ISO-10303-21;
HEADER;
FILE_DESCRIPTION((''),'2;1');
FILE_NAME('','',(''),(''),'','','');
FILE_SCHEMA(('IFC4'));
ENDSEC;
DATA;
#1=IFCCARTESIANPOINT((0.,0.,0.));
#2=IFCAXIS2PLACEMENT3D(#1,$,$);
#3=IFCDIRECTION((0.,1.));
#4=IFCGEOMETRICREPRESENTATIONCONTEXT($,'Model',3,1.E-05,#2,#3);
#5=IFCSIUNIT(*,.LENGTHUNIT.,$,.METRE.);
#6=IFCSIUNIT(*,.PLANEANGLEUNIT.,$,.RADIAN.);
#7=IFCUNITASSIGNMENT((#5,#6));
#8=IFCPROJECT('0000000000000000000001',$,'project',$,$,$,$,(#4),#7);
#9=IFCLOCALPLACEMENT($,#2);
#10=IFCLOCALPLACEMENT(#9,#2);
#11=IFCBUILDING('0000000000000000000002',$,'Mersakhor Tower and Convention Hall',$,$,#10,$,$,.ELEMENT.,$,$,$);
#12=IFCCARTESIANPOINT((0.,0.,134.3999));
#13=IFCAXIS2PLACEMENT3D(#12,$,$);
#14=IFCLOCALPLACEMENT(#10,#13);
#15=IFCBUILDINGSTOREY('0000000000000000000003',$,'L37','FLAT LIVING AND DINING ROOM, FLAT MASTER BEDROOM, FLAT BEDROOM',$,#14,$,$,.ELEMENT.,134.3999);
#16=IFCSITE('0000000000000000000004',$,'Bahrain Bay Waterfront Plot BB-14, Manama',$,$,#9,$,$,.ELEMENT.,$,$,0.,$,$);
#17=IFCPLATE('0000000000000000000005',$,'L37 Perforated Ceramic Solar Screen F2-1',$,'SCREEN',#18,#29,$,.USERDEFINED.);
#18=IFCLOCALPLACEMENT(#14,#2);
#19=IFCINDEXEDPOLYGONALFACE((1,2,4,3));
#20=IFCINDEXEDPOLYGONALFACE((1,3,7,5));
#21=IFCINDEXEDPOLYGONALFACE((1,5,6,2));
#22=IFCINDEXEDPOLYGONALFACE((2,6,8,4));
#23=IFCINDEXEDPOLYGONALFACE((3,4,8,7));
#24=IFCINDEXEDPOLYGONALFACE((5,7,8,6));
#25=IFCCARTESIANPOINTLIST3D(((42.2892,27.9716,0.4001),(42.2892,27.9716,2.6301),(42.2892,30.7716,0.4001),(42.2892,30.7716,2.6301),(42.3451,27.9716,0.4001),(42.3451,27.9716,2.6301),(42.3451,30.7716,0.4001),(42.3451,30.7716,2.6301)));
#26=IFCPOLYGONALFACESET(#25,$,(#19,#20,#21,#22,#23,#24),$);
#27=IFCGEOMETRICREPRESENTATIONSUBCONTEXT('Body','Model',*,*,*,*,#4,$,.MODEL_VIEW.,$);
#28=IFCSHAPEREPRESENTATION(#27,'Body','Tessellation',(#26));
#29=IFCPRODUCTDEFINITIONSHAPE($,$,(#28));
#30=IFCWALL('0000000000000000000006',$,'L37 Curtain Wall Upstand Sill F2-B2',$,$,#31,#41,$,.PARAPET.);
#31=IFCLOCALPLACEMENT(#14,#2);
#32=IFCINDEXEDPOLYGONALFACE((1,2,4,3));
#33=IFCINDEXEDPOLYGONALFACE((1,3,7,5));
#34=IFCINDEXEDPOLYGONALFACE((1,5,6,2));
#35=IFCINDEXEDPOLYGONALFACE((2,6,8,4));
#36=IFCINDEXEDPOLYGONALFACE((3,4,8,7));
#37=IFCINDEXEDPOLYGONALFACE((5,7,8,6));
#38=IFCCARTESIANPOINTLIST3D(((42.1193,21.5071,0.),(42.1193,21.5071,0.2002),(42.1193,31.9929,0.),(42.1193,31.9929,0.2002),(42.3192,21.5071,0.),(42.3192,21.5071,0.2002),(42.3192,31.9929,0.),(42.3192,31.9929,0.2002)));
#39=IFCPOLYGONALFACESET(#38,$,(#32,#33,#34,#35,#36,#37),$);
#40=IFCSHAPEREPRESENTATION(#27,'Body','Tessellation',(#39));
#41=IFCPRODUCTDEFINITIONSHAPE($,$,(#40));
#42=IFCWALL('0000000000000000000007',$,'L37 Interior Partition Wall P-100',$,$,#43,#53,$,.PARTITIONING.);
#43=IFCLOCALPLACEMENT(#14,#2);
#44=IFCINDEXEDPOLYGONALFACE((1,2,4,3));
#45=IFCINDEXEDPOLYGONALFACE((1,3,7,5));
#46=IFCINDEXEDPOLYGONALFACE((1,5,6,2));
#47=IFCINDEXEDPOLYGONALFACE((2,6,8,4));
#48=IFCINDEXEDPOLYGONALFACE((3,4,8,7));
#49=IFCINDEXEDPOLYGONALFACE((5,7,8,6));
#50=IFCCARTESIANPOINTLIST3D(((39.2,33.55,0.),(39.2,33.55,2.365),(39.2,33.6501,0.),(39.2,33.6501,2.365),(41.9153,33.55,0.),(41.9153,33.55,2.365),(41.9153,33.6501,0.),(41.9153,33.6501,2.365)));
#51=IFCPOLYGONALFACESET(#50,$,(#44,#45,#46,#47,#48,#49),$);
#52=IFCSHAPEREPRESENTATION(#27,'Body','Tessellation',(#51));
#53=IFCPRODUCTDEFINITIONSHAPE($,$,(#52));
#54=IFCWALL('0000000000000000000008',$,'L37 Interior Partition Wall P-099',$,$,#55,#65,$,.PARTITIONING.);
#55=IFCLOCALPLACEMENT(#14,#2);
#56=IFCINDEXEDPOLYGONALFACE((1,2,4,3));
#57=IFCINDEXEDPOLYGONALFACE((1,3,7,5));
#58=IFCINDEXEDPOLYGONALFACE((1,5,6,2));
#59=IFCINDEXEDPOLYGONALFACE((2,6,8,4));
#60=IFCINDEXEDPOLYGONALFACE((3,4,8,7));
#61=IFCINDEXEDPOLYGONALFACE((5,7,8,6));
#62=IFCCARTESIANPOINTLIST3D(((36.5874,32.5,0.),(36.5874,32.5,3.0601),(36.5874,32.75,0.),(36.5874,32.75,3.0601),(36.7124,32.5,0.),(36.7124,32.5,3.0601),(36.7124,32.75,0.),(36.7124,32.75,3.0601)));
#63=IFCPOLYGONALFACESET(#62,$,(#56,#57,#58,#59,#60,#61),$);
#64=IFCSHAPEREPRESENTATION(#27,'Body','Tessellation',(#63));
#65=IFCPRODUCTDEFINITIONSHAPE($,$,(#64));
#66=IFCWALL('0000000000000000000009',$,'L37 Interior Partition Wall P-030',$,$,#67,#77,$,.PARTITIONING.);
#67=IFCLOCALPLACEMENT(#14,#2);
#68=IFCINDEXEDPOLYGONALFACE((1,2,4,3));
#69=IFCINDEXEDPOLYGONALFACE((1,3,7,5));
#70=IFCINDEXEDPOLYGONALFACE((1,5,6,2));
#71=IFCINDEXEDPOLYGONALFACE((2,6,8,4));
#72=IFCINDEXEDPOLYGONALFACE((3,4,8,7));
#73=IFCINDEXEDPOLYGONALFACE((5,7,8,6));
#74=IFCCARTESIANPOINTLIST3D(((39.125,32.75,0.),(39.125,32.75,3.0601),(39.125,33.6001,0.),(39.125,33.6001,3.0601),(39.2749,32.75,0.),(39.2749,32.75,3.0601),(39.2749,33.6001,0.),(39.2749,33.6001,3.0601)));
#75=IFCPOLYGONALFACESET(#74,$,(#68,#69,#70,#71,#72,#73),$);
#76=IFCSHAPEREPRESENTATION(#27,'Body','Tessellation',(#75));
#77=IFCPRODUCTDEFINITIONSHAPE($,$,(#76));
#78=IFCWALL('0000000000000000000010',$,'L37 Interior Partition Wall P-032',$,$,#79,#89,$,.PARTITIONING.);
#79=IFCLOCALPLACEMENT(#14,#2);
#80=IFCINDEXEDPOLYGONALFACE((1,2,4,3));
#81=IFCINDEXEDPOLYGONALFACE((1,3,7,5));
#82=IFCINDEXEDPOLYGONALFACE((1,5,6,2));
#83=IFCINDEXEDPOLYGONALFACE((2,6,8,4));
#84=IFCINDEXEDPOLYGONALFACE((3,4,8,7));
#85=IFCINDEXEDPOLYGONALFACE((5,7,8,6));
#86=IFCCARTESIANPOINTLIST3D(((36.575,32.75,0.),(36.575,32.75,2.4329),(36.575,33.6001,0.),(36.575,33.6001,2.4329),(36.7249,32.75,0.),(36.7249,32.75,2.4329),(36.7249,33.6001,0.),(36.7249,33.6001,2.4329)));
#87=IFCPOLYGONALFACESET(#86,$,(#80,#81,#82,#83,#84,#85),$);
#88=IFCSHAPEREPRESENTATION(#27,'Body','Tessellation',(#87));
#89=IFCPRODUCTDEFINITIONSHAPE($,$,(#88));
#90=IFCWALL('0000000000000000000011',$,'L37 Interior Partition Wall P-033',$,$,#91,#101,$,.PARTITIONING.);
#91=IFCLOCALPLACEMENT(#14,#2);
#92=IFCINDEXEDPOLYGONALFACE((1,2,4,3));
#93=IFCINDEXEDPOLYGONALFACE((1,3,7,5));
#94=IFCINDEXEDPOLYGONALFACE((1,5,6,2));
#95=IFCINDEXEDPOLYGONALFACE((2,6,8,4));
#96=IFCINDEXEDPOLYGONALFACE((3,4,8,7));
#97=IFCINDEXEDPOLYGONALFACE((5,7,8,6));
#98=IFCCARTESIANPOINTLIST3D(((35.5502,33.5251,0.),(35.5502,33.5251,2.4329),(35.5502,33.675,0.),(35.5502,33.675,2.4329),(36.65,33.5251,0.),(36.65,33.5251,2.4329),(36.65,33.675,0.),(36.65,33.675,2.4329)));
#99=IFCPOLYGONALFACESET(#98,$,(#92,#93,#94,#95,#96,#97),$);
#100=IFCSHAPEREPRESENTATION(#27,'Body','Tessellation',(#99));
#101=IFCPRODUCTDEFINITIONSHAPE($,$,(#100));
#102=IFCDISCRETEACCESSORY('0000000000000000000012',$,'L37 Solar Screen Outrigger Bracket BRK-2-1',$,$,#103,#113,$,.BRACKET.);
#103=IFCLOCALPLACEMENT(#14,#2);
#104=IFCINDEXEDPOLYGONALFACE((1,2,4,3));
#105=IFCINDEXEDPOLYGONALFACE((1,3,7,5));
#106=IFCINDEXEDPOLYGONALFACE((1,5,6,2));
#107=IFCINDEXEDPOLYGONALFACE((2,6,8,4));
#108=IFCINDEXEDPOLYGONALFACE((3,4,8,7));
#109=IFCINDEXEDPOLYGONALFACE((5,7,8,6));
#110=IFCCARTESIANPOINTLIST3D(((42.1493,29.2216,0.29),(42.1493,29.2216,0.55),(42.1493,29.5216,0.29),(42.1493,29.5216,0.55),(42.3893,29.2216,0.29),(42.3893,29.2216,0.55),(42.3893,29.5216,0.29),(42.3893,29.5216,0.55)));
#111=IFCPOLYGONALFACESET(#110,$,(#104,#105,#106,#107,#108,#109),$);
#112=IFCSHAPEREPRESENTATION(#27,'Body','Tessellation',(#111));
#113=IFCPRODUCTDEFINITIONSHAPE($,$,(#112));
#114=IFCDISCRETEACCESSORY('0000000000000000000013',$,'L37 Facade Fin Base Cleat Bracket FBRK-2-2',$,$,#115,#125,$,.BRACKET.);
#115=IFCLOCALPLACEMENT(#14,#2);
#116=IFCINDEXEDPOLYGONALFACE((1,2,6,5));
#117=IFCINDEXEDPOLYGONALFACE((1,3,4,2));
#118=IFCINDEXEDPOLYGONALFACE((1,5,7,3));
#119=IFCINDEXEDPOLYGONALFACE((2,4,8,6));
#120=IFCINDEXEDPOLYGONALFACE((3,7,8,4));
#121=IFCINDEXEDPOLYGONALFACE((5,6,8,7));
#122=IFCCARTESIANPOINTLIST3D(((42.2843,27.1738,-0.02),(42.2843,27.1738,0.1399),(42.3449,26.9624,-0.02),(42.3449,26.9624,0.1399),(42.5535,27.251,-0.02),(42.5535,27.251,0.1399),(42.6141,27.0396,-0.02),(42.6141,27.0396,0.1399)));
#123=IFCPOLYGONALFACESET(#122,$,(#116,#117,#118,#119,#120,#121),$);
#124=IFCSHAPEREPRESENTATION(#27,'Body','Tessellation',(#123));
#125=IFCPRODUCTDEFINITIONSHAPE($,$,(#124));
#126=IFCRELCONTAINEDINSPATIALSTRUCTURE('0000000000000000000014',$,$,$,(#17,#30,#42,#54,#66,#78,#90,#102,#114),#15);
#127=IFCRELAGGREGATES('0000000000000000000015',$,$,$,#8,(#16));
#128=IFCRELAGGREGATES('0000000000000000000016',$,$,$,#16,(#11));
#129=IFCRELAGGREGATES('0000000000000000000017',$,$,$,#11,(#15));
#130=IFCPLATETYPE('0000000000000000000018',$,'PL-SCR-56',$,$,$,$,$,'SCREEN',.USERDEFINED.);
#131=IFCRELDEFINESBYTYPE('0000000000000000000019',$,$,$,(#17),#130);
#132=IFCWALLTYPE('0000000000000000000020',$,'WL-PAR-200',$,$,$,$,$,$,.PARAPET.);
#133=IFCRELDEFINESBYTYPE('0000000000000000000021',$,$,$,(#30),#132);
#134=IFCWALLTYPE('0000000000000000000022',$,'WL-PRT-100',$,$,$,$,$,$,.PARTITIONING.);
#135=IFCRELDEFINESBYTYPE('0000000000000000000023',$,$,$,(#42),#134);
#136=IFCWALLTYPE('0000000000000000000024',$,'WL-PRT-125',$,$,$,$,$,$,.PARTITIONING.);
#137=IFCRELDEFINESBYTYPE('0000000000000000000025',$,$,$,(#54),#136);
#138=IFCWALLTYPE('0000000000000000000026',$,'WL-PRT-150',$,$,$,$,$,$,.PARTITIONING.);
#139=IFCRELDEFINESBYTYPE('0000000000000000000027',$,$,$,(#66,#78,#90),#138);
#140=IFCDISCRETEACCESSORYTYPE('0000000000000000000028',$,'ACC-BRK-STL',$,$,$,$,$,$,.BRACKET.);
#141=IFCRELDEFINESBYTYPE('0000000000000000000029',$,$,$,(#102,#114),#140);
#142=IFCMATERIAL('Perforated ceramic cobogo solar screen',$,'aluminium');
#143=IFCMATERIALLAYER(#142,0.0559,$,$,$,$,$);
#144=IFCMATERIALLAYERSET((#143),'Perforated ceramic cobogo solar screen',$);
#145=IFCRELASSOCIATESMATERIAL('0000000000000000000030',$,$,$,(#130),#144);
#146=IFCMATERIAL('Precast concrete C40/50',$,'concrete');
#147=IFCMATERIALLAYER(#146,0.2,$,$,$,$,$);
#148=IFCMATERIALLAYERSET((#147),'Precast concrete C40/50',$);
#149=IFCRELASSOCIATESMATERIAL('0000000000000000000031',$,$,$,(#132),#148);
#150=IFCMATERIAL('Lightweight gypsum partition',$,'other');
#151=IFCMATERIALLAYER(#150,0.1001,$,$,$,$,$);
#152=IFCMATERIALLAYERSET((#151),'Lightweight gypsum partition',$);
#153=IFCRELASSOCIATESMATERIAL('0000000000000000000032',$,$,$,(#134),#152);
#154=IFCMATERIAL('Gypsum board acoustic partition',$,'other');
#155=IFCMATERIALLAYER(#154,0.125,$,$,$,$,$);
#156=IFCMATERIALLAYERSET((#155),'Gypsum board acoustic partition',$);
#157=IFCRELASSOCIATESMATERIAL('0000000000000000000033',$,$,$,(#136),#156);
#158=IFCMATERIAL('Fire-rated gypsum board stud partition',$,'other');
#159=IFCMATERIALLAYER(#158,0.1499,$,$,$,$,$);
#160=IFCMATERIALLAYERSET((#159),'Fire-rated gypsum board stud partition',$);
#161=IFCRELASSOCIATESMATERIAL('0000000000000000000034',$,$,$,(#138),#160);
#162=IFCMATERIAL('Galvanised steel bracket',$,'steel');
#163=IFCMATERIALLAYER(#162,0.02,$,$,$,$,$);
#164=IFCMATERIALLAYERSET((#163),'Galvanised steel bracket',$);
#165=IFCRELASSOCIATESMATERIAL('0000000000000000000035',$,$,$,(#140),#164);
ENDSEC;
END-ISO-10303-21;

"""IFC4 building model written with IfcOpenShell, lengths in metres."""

from ifc_helpers import new_model, si_unit, direction, frame, frame_2d, origin, origin_2d, place, context, subcontext, project, spatial, rectangle, extrude, material, layer, layer_set, type_object, element, save


model = new_model("IFC4")

# Units and contexts
model_context = context("Model", 3, precision=1e-05, world=origin(), true_north=direction((0.0, 1.0)))
body_context = subcontext(model_context, "Body", "Model", "MODEL_VIEW")
ifc_project = project(units=[si_unit("LENGTHUNIT", "METRE"), si_unit("PLANEANGLEUNIT", "RADIAN")], contexts=[model_context])

# Site, building, storey
site_placement = place(None, origin())
site = spatial("IfcSite", under=ifc_project, at=site_placement, Name="Bahrain Bay Waterfront Plot BB-14, Manama", CompositionType="ELEMENT", RefElevation=0.0)
building_placement = place(site_placement, origin())
building = spatial("IfcBuilding", under=site, at=building_placement, Name="Mersakhor Tower and Convention Hall", CompositionType="ELEMENT")
storey_placement = place(building_placement, frame((0.0, 0.0, 134.3999)))
storey = spatial("IfcBuildingStorey", under=building, at=storey_placement, Name="L37", Description="FLAT LIVING AND DINING ROOM, FLAT MASTER BEDROOM, FLAT BEDROOM", CompositionType="ELEMENT", Elevation=134.3999)

# Plate
ifc_material_1 = material(Name="Perforated ceramic cobogo solar screen", Category="aluminium")
ifc_layer_1 = layer(ifc_material_1, 0.0559)
ifc_layer_set_1 = layer_set([ifc_layer_1], Name="Perforated ceramic cobogo solar screen")
plate_type_1 = type_object("IfcPlateType", Name="PL-SCR-56", ElementType="SCREEN", PredefinedType="USERDEFINED", material=ifc_layer_set_1)
plate_1_placement = place(storey_placement, frame((42.3171, 29.3716, 0.4001), z_axis=(0.0, 0.0, 1.0), x_axis=(0.0, -1.0, 0.0)))
element("IfcPlate", 1, at=plate_1_placement, inside=storey, type_object=plate_type_1, Name="L37 Perforated Ceramic Solar Screen F2-1", ObjectType="SCREEN", PredefinedType="USERDEFINED", context=body_context, shape_type="SweptSolid", body=[
    extrude(rectangle(XDim=2.8, YDim=0.0559, at=origin_2d()), origin(), (0.0, 0.0, 1.0), 2.23),
])

# Walls
ifc_material_2 = material(Name="Precast concrete C40/50", Category="concrete")
ifc_layer_2 = layer(ifc_material_2, 0.2)
ifc_layer_set_2 = layer_set([ifc_layer_2], Name="Precast concrete C40/50")
wall_type_1 = type_object("IfcWallType", Name="WL-PAR-200", PredefinedType="PARAPET", material=ifc_layer_set_2)
wall_1_placement = place(storey_placement, frame((42.2192, 31.9929, 0.0), z_axis=(0.0, 0.0, 1.0), x_axis=(0.0, -1.0, 0.0)))
element("IfcWall", 2, at=wall_1_placement, inside=storey, type_object=wall_type_1, Name="L37 Curtain Wall Upstand Sill F2-B2", PredefinedType="PARAPET", context=body_context, shape_type="SweptSolid", body=[
    extrude(rectangle(XDim=10.4858, YDim=0.2, at=frame_2d((5.2429, 0.0))), origin(), (0.0, 0.0, 1.0), 0.2002),
])
ifc_material_3 = material(Name="Lightweight gypsum partition", Category="other")
ifc_layer_3 = layer(ifc_material_3, 0.1001)
ifc_layer_set_3 = layer_set([ifc_layer_3], Name="Lightweight gypsum partition")
wall_type_2 = type_object("IfcWallType", Name="WL-PRT-100", PredefinedType="PARTITIONING", material=ifc_layer_set_3)
wall_2_placement = place(storey_placement, frame((39.2, 33.6001, 0.0), z_axis=(0.0, 0.0, 1.0), x_axis=(1.0, 0.0, 0.0)))
element("IfcWall", 3, at=wall_2_placement, inside=storey, type_object=wall_type_2, Name="L37 Interior Partition Wall P-100", PredefinedType="PARTITIONING", context=body_context, shape_type="SweptSolid", body=[
    extrude(rectangle(XDim=2.7153, YDim=0.1001, at=frame_2d((1.3577, 0.0))), origin(), (0.0, 0.0, 1.0), 2.365),
])
ifc_material_4 = material(Name="Gypsum board acoustic partition", Category="other")
ifc_layer_4 = layer(ifc_material_4, 0.125)
ifc_layer_set_4 = layer_set([ifc_layer_4], Name="Gypsum board acoustic partition")
wall_type_3 = type_object("IfcWallType", Name="WL-PRT-125", PredefinedType="PARTITIONING", material=ifc_layer_set_4)
wall_3_placement = place(storey_placement, frame((36.6499, 32.5, 0.0), z_axis=(0.0, 0.0, 1.0), x_axis=(0.0, 1.0, 0.0)))
element("IfcWall", 4, at=wall_3_placement, inside=storey, type_object=wall_type_3, Name="L37 Interior Partition Wall P-099", PredefinedType="PARTITIONING", context=body_context, shape_type="SweptSolid", body=[
    extrude(rectangle(XDim=0.25, YDim=0.125, at=frame_2d((0.125, 0.0))), origin(), (0.0, 0.0, 1.0), 3.0601),
])
ifc_material_5 = material(Name="Fire-rated gypsum board stud partition", Category="other")
ifc_layer_5 = layer(ifc_material_5, 0.1499)
ifc_layer_set_5 = layer_set([ifc_layer_5], Name="Fire-rated gypsum board stud partition")
wall_type_4 = type_object("IfcWallType", Name="WL-PRT-150", PredefinedType="PARTITIONING", material=ifc_layer_set_5)
wall_4_placement = place(storey_placement, frame((39.2, 33.6001, 0.0), z_axis=(0.0, 0.0, 1.0), x_axis=(0.0, -1.0, 0.0)))
element("IfcWall", 5, at=wall_4_placement, inside=storey, type_object=wall_type_4, Name="L37 Interior Partition Wall P-030", PredefinedType="PARTITIONING", context=body_context, shape_type="SweptSolid", body=[
    extrude(rectangle(XDim=0.8501, YDim=0.1499, at=frame_2d((0.425, 0.0))), origin(), (0.0, 0.0, 1.0), 3.0601),
])

# Walls
wall_5_placement = place(storey_placement, frame((36.6499, 32.75, 0.0), z_axis=(0.0, 0.0, 1.0), x_axis=(0.0, 1.0, 0.0)))
element("IfcWall", 6, at=wall_5_placement, inside=storey, type_object=wall_type_4, Name="L37 Interior Partition Wall P-032", PredefinedType="PARTITIONING", context=body_context, shape_type="SweptSolid", body=[
    extrude(rectangle(XDim=0.8501, YDim=0.1499, at=frame_2d((0.425, 0.0))), origin(), (0.0, 0.0, 1.0), 2.4329),
])
wall_6_placement = place(storey_placement, frame((36.6499, 33.6001, 0.0), z_axis=(0.0, 0.0, 1.0), x_axis=(-1.0, 0.0, 0.0)))
element("IfcWall", 7, at=wall_6_placement, inside=storey, type_object=wall_type_4, Name="L37 Interior Partition Wall P-033", PredefinedType="PARTITIONING", context=body_context, shape_type="SweptSolid", body=[
    extrude(rectangle(XDim=1.0999, YDim=0.1499, at=frame_2d((0.5498, 0.0))), origin(), (0.0, 0.0, 1.0), 2.4329),
])

# Discrete accessories
ifc_material_6 = material(Name="Galvanised steel bracket", Category="steel")
ifc_layer_6 = layer(ifc_material_6, 0.02)
ifc_layer_set_6 = layer_set([ifc_layer_6], Name="Galvanised steel bracket")
discrete_accessory_type = type_object("IfcDiscreteAccessoryType", Name="ACC-BRK-STL", PredefinedType="BRACKET", material=ifc_layer_set_6)
discrete_accessory_1_placement = place(storey_placement, frame((42.2693, 29.3716, 0.29), z_axis=(0.0, 0.0, 1.0), x_axis=(0.0, -1.0, 0.0)))
element("IfcDiscreteAccessory", 8, at=discrete_accessory_1_placement, inside=storey, type_object=discrete_accessory_type, Name="L37 Solar Screen Outrigger Bracket BRK-2-1", PredefinedType="BRACKET", context=body_context, shape_type="SweptSolid", body=[
    extrude(rectangle(XDim=0.3, YDim=0.24, at=origin_2d()), origin(), (0.0, 0.0, 1.0), 0.26),
])
discrete_accessory_2_placement = place(storey_placement, frame((42.4492, 27.1067, -0.02), z_axis=(0.0, 0.0, 1.0), x_axis=(0.961262, 0.275637, 0.0)))
element("IfcDiscreteAccessory", 9, at=discrete_accessory_2_placement, inside=storey, type_object=discrete_accessory_type, Name="L37 Facade Fin Base Cleat Bracket FBRK-2-2", PredefinedType="BRACKET", context=body_context, shape_type="SweptSolid", body=[
    extrude(rectangle(XDim=0.28, YDim=0.22, at=origin_2d()), origin(), (0.0, 0.0, 1.0), 0.1599),
])

save(model, "model.ifc")
